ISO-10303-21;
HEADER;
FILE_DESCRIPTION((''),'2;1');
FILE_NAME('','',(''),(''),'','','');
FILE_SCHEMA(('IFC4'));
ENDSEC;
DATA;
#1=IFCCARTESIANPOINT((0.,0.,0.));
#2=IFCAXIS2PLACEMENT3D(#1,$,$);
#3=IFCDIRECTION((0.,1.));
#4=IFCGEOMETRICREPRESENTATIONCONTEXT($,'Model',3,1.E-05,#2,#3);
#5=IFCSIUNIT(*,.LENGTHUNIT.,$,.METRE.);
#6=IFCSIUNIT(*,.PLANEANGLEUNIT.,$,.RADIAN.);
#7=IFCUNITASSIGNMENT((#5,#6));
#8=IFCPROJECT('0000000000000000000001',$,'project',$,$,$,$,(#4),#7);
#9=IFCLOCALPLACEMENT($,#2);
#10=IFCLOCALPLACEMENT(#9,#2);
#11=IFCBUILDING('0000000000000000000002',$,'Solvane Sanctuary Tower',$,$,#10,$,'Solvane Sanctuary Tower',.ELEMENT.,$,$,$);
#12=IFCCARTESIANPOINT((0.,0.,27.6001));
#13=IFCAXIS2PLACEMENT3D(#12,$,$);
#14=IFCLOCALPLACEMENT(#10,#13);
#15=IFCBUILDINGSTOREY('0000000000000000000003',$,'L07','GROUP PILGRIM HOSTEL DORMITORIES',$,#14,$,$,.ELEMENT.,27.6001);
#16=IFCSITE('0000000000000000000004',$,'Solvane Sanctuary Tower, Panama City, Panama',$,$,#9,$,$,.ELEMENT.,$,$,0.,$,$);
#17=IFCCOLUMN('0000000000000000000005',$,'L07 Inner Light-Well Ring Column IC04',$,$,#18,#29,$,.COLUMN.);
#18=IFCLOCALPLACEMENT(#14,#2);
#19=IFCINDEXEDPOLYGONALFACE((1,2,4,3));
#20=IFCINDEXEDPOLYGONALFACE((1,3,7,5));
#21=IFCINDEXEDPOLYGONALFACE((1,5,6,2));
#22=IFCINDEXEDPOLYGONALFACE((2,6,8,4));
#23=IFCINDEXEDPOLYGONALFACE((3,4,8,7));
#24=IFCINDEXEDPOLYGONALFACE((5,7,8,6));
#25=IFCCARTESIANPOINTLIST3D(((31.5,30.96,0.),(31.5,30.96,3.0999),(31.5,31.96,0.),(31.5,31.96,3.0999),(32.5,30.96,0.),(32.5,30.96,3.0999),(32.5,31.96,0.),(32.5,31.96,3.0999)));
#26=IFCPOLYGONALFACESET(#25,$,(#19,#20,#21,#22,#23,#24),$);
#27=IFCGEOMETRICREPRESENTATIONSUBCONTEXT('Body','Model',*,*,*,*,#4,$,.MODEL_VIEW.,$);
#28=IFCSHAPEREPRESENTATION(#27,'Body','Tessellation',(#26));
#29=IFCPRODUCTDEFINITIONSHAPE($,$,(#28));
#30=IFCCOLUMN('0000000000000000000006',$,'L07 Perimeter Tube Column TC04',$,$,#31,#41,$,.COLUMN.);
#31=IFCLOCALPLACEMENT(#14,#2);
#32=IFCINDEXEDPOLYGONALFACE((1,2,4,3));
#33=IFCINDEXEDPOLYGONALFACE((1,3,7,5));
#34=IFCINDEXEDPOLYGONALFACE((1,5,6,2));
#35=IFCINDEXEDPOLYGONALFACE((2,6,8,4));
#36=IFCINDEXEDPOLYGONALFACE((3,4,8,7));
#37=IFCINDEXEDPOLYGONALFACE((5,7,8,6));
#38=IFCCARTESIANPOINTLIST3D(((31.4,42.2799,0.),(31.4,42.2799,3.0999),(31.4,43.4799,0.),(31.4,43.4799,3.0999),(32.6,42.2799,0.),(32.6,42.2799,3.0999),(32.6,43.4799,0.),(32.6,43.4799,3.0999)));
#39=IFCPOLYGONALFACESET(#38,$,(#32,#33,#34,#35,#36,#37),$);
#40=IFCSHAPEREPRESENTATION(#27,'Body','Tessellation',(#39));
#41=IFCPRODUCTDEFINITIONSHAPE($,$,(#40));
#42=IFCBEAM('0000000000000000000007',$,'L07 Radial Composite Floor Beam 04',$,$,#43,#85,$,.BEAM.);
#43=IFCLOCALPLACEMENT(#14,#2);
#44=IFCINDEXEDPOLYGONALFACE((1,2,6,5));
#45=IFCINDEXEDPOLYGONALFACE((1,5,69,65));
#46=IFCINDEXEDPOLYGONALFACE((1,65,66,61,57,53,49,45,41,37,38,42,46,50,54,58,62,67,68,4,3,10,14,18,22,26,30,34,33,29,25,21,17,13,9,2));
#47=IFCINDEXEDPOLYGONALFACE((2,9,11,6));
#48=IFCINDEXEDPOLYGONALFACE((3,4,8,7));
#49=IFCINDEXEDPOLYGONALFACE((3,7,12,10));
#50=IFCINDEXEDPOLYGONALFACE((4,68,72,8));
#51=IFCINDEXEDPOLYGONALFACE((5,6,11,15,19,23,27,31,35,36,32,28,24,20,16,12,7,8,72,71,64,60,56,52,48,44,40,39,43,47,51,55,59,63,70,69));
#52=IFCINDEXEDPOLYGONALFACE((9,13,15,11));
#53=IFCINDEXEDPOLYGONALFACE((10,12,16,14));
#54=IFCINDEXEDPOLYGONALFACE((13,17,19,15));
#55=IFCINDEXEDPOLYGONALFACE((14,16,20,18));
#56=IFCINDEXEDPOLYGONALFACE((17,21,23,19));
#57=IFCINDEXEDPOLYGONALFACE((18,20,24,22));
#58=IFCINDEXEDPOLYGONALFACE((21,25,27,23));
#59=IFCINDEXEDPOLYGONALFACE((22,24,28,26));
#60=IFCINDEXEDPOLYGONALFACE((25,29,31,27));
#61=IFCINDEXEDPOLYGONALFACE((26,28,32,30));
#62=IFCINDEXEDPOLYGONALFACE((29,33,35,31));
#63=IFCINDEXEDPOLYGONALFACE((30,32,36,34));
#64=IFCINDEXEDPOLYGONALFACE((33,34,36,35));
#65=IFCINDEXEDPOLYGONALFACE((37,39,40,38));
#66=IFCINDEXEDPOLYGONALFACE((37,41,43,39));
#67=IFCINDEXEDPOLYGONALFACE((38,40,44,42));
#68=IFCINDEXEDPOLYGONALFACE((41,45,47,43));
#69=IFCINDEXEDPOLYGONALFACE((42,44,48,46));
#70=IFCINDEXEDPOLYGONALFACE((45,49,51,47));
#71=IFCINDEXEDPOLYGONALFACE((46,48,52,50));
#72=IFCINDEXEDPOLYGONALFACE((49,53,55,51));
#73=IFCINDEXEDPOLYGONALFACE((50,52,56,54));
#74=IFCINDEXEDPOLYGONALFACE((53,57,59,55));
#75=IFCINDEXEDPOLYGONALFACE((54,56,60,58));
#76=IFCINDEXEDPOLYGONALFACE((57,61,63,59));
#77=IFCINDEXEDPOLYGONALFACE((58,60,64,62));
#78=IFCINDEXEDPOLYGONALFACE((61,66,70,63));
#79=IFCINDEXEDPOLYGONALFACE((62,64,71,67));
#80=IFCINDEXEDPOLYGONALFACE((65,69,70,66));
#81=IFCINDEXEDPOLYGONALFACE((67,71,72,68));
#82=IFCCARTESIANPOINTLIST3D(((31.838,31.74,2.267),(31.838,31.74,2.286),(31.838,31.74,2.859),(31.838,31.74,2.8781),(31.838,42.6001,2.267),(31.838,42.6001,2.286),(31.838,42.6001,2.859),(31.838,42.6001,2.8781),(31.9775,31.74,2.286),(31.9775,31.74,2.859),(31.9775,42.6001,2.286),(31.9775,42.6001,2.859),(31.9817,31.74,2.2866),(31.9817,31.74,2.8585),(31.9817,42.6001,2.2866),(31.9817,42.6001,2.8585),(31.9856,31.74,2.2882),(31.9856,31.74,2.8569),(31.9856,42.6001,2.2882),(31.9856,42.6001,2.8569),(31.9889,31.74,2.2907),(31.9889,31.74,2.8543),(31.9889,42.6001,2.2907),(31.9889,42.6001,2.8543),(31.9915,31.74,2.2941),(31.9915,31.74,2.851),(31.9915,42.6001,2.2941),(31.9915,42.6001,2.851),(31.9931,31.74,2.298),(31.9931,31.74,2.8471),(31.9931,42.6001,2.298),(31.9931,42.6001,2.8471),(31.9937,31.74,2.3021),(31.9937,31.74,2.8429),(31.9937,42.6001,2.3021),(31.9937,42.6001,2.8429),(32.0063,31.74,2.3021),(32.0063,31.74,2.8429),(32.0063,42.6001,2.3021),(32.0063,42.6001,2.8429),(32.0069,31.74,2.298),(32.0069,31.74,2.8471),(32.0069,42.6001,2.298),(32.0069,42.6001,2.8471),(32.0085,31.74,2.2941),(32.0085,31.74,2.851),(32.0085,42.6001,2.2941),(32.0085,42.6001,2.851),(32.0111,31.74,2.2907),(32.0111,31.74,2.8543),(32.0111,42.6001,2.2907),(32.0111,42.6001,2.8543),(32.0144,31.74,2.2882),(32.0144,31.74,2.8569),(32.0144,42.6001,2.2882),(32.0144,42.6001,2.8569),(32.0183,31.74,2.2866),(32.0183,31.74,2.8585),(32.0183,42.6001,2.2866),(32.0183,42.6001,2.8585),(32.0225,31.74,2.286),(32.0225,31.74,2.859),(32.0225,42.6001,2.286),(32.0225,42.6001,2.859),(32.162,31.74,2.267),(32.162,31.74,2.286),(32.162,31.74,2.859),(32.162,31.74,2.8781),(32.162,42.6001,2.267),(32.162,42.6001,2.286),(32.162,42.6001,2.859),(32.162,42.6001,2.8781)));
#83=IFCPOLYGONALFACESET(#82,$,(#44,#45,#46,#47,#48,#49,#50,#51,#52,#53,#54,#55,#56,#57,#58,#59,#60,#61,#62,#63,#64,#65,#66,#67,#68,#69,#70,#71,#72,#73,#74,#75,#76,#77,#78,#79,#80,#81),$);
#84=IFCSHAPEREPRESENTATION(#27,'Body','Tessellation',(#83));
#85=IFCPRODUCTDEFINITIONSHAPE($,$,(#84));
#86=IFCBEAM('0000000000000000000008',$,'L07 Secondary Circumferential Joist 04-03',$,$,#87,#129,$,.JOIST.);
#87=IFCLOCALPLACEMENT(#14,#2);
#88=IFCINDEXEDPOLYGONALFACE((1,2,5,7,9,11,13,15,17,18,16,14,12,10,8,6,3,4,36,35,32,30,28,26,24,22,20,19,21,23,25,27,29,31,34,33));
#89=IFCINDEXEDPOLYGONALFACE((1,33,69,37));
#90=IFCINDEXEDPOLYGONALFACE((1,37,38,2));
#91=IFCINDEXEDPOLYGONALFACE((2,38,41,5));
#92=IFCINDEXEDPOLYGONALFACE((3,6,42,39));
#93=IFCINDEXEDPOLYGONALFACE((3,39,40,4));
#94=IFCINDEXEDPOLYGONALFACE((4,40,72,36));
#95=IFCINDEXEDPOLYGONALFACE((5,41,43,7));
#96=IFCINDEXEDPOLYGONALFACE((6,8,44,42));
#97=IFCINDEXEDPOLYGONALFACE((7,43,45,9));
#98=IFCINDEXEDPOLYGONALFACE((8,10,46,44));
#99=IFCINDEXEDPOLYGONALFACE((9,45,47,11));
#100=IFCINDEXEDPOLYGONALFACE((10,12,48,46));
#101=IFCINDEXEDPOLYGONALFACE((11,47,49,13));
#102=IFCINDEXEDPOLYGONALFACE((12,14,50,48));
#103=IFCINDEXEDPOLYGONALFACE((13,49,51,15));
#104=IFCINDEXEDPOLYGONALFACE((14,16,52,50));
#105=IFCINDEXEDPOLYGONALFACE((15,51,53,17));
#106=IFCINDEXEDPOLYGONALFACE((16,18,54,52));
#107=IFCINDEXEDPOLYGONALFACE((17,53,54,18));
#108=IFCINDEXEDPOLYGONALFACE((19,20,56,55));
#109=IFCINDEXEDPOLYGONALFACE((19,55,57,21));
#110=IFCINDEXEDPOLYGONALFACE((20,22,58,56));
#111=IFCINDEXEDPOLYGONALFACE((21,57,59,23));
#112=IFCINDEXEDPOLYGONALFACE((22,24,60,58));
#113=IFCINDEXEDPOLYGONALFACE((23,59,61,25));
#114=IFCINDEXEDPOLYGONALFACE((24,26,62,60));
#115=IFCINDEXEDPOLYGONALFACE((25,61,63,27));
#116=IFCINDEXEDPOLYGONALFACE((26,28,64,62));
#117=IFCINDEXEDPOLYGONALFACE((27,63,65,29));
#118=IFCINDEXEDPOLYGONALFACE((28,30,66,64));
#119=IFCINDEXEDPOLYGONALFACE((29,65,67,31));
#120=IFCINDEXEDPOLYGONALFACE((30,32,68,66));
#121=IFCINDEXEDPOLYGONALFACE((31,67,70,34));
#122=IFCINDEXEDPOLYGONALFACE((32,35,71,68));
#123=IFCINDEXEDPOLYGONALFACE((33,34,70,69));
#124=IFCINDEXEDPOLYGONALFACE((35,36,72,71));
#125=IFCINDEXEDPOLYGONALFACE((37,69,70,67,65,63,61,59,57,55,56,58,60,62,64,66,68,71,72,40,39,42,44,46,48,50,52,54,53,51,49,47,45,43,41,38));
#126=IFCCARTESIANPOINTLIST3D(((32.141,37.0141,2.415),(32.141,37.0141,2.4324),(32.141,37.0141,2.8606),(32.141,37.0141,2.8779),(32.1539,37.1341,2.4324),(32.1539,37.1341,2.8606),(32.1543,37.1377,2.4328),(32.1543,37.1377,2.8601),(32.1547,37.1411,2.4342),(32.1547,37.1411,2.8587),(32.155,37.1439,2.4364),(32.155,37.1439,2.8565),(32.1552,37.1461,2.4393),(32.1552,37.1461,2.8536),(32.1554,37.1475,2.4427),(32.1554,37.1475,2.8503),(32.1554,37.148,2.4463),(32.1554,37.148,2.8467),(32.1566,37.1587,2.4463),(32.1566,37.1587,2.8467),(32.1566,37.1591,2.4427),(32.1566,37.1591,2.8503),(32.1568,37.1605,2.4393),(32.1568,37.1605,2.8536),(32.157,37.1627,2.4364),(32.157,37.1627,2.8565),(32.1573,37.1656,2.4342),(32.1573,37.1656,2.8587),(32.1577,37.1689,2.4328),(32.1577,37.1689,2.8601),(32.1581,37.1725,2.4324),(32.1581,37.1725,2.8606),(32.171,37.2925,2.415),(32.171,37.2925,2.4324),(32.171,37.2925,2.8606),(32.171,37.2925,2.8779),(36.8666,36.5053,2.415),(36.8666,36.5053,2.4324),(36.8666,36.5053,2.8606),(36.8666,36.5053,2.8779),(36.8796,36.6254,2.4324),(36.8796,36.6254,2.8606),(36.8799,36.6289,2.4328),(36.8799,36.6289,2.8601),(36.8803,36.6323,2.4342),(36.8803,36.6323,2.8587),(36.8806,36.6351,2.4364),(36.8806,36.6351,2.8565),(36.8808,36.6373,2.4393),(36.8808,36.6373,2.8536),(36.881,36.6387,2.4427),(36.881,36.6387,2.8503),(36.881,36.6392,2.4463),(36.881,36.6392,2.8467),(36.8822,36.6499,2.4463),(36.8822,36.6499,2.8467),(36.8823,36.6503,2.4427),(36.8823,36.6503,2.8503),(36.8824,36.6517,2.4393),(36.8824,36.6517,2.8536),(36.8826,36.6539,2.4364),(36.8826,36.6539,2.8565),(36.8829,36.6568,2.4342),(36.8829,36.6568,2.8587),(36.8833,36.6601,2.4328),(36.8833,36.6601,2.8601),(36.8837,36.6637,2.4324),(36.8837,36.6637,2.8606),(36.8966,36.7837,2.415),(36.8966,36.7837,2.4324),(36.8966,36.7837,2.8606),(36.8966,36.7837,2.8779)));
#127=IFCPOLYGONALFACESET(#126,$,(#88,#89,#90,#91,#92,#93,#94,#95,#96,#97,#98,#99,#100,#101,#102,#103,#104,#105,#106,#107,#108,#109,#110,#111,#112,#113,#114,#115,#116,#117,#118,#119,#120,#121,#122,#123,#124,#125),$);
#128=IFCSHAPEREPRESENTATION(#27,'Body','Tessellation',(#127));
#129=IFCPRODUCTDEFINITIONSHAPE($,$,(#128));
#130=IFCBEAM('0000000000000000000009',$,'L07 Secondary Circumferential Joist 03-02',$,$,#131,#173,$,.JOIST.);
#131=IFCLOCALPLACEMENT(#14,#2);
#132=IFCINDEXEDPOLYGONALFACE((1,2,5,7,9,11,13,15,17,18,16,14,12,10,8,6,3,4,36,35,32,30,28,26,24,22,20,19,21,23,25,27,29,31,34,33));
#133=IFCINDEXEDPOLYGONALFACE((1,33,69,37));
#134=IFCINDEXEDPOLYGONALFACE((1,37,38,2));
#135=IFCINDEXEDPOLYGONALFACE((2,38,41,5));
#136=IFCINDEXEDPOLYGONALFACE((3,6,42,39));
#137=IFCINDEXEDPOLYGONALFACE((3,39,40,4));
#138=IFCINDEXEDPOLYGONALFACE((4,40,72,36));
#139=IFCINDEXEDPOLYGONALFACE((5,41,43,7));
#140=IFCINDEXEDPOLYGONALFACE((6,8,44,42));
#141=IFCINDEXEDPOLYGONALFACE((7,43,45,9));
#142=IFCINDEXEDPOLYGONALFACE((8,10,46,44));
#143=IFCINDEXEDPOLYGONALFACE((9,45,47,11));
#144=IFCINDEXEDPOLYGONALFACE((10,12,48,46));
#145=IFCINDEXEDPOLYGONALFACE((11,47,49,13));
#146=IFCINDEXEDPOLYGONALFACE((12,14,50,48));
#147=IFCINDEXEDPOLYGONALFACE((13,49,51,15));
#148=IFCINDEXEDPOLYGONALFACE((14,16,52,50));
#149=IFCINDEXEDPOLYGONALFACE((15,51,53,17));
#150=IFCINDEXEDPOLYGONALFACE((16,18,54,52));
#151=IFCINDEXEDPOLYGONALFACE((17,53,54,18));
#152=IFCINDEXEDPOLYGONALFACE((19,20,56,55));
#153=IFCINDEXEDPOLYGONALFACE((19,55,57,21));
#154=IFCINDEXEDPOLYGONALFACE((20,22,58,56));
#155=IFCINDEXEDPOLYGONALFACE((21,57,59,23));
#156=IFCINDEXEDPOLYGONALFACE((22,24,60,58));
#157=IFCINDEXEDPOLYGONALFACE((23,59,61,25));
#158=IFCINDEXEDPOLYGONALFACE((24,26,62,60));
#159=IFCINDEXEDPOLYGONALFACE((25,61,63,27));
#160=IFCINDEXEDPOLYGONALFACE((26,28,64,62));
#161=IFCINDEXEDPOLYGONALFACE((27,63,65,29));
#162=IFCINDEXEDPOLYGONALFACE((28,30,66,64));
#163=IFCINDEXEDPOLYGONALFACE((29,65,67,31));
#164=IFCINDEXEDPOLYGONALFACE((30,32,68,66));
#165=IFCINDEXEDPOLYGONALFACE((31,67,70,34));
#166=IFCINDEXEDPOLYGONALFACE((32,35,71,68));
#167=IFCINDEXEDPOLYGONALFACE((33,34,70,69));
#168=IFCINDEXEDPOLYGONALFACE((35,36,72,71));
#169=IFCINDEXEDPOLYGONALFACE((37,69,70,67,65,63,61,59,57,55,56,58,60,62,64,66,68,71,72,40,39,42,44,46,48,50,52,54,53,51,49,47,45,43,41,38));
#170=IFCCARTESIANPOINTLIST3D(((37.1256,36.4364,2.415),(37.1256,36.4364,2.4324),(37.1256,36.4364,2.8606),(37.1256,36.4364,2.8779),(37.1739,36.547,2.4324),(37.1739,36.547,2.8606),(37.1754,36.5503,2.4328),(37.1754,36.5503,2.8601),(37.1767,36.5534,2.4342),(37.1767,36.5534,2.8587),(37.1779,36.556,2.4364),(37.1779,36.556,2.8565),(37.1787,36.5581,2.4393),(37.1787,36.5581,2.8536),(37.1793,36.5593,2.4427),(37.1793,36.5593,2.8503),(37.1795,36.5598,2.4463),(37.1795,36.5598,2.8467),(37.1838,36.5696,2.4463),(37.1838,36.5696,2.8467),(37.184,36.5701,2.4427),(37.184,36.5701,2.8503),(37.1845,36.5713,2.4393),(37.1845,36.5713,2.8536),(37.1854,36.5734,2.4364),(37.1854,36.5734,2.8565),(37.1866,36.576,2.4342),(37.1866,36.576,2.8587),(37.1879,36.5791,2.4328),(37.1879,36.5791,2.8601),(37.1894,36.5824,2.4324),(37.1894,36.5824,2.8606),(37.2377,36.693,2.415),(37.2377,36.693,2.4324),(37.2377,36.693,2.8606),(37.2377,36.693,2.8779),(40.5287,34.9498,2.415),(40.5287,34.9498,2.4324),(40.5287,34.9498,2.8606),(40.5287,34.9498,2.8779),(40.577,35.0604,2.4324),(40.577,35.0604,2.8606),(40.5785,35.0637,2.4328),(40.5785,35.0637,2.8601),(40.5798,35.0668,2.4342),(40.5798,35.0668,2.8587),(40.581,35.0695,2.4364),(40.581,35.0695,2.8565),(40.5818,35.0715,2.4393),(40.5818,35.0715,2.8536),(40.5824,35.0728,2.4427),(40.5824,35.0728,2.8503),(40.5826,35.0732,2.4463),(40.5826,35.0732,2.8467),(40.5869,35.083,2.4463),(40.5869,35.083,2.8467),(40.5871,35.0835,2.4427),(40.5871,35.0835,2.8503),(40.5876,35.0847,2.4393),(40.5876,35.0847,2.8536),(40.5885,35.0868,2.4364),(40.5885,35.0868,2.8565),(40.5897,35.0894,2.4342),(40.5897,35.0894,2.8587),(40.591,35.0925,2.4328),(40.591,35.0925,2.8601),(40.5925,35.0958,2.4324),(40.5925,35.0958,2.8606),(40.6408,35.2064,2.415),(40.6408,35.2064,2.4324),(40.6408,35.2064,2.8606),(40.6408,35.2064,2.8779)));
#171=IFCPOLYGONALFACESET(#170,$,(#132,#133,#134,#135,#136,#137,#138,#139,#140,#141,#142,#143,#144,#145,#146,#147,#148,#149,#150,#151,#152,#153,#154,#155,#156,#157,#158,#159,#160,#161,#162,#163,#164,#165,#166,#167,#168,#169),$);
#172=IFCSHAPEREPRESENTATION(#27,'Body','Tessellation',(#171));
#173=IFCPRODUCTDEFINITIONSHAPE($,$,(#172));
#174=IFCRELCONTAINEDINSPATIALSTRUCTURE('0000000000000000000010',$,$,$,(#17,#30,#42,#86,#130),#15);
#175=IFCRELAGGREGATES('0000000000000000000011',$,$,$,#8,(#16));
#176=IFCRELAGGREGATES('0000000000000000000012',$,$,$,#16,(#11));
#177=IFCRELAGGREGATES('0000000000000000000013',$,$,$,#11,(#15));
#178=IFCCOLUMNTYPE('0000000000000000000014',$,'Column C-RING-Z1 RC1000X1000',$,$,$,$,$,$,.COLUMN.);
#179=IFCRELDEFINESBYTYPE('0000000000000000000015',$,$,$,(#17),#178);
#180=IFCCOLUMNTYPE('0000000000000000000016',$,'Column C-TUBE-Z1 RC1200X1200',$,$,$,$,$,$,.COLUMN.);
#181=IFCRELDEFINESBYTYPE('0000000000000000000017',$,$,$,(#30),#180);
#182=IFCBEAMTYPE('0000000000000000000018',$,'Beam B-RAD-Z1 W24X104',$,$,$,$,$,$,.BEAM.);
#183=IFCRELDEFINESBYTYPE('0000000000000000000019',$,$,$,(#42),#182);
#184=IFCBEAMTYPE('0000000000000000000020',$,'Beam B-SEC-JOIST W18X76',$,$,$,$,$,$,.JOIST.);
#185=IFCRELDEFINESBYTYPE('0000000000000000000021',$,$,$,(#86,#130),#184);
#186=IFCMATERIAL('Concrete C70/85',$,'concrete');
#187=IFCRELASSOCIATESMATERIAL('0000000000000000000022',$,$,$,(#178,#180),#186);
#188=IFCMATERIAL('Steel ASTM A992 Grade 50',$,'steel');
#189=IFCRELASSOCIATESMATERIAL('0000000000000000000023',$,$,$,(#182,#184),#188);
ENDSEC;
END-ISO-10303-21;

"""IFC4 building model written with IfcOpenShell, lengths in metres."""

from ifc_helpers import new_model, si_unit, direction, frame, origin, origin_2d, place, context, subcontext, project, spatial, rectangle, i_section, extrude, material, material_profile, profile_set, type_object, element, save


model = new_model("IFC4")

# Units and contexts
model_context = context("Model", 3, precision=1e-05, world=origin(), true_north=direction((0.0, 1.0)))
body_context = subcontext(model_context, "Body", "Model", "MODEL_VIEW")
ifc_project = project(units=[si_unit("LENGTHUNIT", "METRE"), si_unit("PLANEANGLEUNIT", "RADIAN")], contexts=[model_context])

# Site, building, storey
site_placement = place(None, origin())
site = spatial("IfcSite", under=ifc_project, at=site_placement, Name="Solvane Sanctuary Tower, Panama City, Panama", CompositionType="ELEMENT", RefElevation=0.0)
building_placement = place(site_placement, origin())
building = spatial("IfcBuilding", under=site, at=building_placement, Name="Solvane Sanctuary Tower", LongName="Solvane Sanctuary Tower", CompositionType="ELEMENT")
storey_placement = place(building_placement, frame((0.0, 0.0, 27.6001)))
storey = spatial("IfcBuildingStorey", under=building, at=storey_placement, Name="L07", Description="GROUP PILGRIM HOSTEL DORMITORIES", CompositionType="ELEMENT", Elevation=27.6001)

# Columns
ifc_material_1 = material(Name="Concrete C70/85", Category="concrete")
ifc_material_profile_1 = material_profile(ifc_material_1, rectangle(XDim=1.0, YDim=1.0, at=origin_2d()), Name="RC1000X1000")
ifc_profile_set_1 = profile_set([ifc_material_profile_1], Name="Concrete C70/85")
column_type_1 = type_object("IfcColumnType", Name="Column C-RING-Z1 RC1000X1000", PredefinedType="COLUMN", material=ifc_profile_set_1)
column_1_placement = place(storey_placement, frame((32.0, 31.46, 0.0), z_axis=(0.0, 0.0, 1.0), x_axis=(1.0, 0.0, 0.0)))
element("IfcColumn", 1, at=column_1_placement, inside=storey, type_object=column_type_1, Name="L07 Inner Light-Well Ring Column IC04", PredefinedType="COLUMN", context=body_context, shape_type="SweptSolid", body=[
    extrude(rectangle(XDim=1.0, YDim=1.0, at=origin_2d()), origin(), (0.0, 0.0, 1.0), 3.0999),
])
ifc_material_profile_2 = material_profile(ifc_material_1, rectangle(XDim=1.2, YDim=1.2, at=origin_2d()), Name="RC1200X1200")
ifc_profile_set_2 = profile_set([ifc_material_profile_2], Name="Concrete C70/85")
column_type_2 = type_object("IfcColumnType", Name="Column C-TUBE-Z1 RC1200X1200", PredefinedType="COLUMN", material=ifc_profile_set_2)
column_2_placement = place(storey_placement, frame((32.0, 42.8799, 0.0), z_axis=(0.0, 0.0, 1.0), x_axis=(0.0, 1.0, 0.0)))
element("IfcColumn", 2, at=column_2_placement, inside=storey, type_object=column_type_2, Name="L07 Perimeter Tube Column TC04", PredefinedType="COLUMN", context=body_context, shape_type="SweptSolid", body=[
    extrude(rectangle(XDim=1.2, YDim=1.2, at=origin_2d()), origin(), (0.0, 0.0, 1.0), 3.0999),
])

# Beams
ifc_material_2 = material(Name="Steel ASTM A992 Grade 50", Category="steel")
ifc_material_profile_3 = material_profile(ifc_material_2, i_section(OverallWidth=0.324, OverallDepth=0.6111, WebThickness=0.0127, FlangeThickness=0.019, FilletRadius=0.0161, at=origin_2d()), Name="W24X104")
ifc_profile_set_3 = profile_set([ifc_material_profile_3], Name="Steel ASTM A992 Grade 50")
beam_type_1 = type_object("IfcBeamType", Name="Beam B-RAD-Z1 W24X104", PredefinedType="BEAM", material=ifc_profile_set_3)
beam_1_placement = place(storey_placement, frame((32.0, 31.74, 2.5725), z_axis=(0.0, 1.0, 0.0), x_axis=(-1.0, 0.0, 0.0)))
element("IfcBeam", 3, at=beam_1_placement, inside=storey, type_object=beam_type_1, Name="L07 Radial Composite Floor Beam 04", PredefinedType="BEAM", context=body_context, shape_type="SweptSolid", body=[
    extrude(i_section(OverallWidth=0.324, OverallDepth=0.6111, WebThickness=0.0127, FlangeThickness=0.019, FilletRadius=0.0161, at=origin_2d()), origin(), (0.0, 0.0, 1.0), 10.8601),
])
ifc_material_profile_4 = material_profile(ifc_material_2, i_section(OverallWidth=0.28, OverallDepth=0.4629, WebThickness=0.0107, FlangeThickness=0.0173, FilletRadius=0.0139, at=origin_2d()), Name="W18X76")
ifc_profile_set_4 = profile_set([ifc_material_profile_4], Name="Steel ASTM A992 Grade 50")
beam_type_2 = type_object("IfcBeamType", Name="Beam B-SEC-JOIST W18X76", PredefinedType="JOIST", material=ifc_profile_set_4)
beam_2_placement = place(storey_placement, frame((32.156, 37.1533, 2.6465), z_axis=(0.994254, -0.107048, 0.0), x_axis=(0.107048, 0.994254, 0.0)))
element("IfcBeam", 4, at=beam_2_placement, inside=storey, type_object=beam_type_2, Name="L07 Secondary Circumferential Joist 04-03", PredefinedType="JOIST", context=body_context, shape_type="SweptSolid", body=[
    extrude(i_section(OverallWidth=0.28, OverallDepth=0.4629, WebThickness=0.0107, FlangeThickness=0.0173, FilletRadius=0.0139, at=origin_2d()), origin(), (0.0, 0.0, 1.0), 4.7529),
])
beam_3_placement = place(storey_placement, frame((37.1816, 36.5647, 2.6465), z_axis=(0.916382, -0.400305, 0.0), x_axis=(0.400305, 0.916382, 0.0)))
element("IfcBeam", 5, at=beam_3_placement, inside=storey, type_object=beam_type_2, Name="L07 Secondary Circumferential Joist 03-02", PredefinedType="JOIST", context=body_context, shape_type="SweptSolid", body=[
    extrude(i_section(OverallWidth=0.28, OverallDepth=0.4629, WebThickness=0.0107, FlangeThickness=0.0173, FilletRadius=0.0139, at=origin_2d()), origin(), (0.0, 0.0, 1.0), 3.7136),
])

save(model, "model.ifc")
